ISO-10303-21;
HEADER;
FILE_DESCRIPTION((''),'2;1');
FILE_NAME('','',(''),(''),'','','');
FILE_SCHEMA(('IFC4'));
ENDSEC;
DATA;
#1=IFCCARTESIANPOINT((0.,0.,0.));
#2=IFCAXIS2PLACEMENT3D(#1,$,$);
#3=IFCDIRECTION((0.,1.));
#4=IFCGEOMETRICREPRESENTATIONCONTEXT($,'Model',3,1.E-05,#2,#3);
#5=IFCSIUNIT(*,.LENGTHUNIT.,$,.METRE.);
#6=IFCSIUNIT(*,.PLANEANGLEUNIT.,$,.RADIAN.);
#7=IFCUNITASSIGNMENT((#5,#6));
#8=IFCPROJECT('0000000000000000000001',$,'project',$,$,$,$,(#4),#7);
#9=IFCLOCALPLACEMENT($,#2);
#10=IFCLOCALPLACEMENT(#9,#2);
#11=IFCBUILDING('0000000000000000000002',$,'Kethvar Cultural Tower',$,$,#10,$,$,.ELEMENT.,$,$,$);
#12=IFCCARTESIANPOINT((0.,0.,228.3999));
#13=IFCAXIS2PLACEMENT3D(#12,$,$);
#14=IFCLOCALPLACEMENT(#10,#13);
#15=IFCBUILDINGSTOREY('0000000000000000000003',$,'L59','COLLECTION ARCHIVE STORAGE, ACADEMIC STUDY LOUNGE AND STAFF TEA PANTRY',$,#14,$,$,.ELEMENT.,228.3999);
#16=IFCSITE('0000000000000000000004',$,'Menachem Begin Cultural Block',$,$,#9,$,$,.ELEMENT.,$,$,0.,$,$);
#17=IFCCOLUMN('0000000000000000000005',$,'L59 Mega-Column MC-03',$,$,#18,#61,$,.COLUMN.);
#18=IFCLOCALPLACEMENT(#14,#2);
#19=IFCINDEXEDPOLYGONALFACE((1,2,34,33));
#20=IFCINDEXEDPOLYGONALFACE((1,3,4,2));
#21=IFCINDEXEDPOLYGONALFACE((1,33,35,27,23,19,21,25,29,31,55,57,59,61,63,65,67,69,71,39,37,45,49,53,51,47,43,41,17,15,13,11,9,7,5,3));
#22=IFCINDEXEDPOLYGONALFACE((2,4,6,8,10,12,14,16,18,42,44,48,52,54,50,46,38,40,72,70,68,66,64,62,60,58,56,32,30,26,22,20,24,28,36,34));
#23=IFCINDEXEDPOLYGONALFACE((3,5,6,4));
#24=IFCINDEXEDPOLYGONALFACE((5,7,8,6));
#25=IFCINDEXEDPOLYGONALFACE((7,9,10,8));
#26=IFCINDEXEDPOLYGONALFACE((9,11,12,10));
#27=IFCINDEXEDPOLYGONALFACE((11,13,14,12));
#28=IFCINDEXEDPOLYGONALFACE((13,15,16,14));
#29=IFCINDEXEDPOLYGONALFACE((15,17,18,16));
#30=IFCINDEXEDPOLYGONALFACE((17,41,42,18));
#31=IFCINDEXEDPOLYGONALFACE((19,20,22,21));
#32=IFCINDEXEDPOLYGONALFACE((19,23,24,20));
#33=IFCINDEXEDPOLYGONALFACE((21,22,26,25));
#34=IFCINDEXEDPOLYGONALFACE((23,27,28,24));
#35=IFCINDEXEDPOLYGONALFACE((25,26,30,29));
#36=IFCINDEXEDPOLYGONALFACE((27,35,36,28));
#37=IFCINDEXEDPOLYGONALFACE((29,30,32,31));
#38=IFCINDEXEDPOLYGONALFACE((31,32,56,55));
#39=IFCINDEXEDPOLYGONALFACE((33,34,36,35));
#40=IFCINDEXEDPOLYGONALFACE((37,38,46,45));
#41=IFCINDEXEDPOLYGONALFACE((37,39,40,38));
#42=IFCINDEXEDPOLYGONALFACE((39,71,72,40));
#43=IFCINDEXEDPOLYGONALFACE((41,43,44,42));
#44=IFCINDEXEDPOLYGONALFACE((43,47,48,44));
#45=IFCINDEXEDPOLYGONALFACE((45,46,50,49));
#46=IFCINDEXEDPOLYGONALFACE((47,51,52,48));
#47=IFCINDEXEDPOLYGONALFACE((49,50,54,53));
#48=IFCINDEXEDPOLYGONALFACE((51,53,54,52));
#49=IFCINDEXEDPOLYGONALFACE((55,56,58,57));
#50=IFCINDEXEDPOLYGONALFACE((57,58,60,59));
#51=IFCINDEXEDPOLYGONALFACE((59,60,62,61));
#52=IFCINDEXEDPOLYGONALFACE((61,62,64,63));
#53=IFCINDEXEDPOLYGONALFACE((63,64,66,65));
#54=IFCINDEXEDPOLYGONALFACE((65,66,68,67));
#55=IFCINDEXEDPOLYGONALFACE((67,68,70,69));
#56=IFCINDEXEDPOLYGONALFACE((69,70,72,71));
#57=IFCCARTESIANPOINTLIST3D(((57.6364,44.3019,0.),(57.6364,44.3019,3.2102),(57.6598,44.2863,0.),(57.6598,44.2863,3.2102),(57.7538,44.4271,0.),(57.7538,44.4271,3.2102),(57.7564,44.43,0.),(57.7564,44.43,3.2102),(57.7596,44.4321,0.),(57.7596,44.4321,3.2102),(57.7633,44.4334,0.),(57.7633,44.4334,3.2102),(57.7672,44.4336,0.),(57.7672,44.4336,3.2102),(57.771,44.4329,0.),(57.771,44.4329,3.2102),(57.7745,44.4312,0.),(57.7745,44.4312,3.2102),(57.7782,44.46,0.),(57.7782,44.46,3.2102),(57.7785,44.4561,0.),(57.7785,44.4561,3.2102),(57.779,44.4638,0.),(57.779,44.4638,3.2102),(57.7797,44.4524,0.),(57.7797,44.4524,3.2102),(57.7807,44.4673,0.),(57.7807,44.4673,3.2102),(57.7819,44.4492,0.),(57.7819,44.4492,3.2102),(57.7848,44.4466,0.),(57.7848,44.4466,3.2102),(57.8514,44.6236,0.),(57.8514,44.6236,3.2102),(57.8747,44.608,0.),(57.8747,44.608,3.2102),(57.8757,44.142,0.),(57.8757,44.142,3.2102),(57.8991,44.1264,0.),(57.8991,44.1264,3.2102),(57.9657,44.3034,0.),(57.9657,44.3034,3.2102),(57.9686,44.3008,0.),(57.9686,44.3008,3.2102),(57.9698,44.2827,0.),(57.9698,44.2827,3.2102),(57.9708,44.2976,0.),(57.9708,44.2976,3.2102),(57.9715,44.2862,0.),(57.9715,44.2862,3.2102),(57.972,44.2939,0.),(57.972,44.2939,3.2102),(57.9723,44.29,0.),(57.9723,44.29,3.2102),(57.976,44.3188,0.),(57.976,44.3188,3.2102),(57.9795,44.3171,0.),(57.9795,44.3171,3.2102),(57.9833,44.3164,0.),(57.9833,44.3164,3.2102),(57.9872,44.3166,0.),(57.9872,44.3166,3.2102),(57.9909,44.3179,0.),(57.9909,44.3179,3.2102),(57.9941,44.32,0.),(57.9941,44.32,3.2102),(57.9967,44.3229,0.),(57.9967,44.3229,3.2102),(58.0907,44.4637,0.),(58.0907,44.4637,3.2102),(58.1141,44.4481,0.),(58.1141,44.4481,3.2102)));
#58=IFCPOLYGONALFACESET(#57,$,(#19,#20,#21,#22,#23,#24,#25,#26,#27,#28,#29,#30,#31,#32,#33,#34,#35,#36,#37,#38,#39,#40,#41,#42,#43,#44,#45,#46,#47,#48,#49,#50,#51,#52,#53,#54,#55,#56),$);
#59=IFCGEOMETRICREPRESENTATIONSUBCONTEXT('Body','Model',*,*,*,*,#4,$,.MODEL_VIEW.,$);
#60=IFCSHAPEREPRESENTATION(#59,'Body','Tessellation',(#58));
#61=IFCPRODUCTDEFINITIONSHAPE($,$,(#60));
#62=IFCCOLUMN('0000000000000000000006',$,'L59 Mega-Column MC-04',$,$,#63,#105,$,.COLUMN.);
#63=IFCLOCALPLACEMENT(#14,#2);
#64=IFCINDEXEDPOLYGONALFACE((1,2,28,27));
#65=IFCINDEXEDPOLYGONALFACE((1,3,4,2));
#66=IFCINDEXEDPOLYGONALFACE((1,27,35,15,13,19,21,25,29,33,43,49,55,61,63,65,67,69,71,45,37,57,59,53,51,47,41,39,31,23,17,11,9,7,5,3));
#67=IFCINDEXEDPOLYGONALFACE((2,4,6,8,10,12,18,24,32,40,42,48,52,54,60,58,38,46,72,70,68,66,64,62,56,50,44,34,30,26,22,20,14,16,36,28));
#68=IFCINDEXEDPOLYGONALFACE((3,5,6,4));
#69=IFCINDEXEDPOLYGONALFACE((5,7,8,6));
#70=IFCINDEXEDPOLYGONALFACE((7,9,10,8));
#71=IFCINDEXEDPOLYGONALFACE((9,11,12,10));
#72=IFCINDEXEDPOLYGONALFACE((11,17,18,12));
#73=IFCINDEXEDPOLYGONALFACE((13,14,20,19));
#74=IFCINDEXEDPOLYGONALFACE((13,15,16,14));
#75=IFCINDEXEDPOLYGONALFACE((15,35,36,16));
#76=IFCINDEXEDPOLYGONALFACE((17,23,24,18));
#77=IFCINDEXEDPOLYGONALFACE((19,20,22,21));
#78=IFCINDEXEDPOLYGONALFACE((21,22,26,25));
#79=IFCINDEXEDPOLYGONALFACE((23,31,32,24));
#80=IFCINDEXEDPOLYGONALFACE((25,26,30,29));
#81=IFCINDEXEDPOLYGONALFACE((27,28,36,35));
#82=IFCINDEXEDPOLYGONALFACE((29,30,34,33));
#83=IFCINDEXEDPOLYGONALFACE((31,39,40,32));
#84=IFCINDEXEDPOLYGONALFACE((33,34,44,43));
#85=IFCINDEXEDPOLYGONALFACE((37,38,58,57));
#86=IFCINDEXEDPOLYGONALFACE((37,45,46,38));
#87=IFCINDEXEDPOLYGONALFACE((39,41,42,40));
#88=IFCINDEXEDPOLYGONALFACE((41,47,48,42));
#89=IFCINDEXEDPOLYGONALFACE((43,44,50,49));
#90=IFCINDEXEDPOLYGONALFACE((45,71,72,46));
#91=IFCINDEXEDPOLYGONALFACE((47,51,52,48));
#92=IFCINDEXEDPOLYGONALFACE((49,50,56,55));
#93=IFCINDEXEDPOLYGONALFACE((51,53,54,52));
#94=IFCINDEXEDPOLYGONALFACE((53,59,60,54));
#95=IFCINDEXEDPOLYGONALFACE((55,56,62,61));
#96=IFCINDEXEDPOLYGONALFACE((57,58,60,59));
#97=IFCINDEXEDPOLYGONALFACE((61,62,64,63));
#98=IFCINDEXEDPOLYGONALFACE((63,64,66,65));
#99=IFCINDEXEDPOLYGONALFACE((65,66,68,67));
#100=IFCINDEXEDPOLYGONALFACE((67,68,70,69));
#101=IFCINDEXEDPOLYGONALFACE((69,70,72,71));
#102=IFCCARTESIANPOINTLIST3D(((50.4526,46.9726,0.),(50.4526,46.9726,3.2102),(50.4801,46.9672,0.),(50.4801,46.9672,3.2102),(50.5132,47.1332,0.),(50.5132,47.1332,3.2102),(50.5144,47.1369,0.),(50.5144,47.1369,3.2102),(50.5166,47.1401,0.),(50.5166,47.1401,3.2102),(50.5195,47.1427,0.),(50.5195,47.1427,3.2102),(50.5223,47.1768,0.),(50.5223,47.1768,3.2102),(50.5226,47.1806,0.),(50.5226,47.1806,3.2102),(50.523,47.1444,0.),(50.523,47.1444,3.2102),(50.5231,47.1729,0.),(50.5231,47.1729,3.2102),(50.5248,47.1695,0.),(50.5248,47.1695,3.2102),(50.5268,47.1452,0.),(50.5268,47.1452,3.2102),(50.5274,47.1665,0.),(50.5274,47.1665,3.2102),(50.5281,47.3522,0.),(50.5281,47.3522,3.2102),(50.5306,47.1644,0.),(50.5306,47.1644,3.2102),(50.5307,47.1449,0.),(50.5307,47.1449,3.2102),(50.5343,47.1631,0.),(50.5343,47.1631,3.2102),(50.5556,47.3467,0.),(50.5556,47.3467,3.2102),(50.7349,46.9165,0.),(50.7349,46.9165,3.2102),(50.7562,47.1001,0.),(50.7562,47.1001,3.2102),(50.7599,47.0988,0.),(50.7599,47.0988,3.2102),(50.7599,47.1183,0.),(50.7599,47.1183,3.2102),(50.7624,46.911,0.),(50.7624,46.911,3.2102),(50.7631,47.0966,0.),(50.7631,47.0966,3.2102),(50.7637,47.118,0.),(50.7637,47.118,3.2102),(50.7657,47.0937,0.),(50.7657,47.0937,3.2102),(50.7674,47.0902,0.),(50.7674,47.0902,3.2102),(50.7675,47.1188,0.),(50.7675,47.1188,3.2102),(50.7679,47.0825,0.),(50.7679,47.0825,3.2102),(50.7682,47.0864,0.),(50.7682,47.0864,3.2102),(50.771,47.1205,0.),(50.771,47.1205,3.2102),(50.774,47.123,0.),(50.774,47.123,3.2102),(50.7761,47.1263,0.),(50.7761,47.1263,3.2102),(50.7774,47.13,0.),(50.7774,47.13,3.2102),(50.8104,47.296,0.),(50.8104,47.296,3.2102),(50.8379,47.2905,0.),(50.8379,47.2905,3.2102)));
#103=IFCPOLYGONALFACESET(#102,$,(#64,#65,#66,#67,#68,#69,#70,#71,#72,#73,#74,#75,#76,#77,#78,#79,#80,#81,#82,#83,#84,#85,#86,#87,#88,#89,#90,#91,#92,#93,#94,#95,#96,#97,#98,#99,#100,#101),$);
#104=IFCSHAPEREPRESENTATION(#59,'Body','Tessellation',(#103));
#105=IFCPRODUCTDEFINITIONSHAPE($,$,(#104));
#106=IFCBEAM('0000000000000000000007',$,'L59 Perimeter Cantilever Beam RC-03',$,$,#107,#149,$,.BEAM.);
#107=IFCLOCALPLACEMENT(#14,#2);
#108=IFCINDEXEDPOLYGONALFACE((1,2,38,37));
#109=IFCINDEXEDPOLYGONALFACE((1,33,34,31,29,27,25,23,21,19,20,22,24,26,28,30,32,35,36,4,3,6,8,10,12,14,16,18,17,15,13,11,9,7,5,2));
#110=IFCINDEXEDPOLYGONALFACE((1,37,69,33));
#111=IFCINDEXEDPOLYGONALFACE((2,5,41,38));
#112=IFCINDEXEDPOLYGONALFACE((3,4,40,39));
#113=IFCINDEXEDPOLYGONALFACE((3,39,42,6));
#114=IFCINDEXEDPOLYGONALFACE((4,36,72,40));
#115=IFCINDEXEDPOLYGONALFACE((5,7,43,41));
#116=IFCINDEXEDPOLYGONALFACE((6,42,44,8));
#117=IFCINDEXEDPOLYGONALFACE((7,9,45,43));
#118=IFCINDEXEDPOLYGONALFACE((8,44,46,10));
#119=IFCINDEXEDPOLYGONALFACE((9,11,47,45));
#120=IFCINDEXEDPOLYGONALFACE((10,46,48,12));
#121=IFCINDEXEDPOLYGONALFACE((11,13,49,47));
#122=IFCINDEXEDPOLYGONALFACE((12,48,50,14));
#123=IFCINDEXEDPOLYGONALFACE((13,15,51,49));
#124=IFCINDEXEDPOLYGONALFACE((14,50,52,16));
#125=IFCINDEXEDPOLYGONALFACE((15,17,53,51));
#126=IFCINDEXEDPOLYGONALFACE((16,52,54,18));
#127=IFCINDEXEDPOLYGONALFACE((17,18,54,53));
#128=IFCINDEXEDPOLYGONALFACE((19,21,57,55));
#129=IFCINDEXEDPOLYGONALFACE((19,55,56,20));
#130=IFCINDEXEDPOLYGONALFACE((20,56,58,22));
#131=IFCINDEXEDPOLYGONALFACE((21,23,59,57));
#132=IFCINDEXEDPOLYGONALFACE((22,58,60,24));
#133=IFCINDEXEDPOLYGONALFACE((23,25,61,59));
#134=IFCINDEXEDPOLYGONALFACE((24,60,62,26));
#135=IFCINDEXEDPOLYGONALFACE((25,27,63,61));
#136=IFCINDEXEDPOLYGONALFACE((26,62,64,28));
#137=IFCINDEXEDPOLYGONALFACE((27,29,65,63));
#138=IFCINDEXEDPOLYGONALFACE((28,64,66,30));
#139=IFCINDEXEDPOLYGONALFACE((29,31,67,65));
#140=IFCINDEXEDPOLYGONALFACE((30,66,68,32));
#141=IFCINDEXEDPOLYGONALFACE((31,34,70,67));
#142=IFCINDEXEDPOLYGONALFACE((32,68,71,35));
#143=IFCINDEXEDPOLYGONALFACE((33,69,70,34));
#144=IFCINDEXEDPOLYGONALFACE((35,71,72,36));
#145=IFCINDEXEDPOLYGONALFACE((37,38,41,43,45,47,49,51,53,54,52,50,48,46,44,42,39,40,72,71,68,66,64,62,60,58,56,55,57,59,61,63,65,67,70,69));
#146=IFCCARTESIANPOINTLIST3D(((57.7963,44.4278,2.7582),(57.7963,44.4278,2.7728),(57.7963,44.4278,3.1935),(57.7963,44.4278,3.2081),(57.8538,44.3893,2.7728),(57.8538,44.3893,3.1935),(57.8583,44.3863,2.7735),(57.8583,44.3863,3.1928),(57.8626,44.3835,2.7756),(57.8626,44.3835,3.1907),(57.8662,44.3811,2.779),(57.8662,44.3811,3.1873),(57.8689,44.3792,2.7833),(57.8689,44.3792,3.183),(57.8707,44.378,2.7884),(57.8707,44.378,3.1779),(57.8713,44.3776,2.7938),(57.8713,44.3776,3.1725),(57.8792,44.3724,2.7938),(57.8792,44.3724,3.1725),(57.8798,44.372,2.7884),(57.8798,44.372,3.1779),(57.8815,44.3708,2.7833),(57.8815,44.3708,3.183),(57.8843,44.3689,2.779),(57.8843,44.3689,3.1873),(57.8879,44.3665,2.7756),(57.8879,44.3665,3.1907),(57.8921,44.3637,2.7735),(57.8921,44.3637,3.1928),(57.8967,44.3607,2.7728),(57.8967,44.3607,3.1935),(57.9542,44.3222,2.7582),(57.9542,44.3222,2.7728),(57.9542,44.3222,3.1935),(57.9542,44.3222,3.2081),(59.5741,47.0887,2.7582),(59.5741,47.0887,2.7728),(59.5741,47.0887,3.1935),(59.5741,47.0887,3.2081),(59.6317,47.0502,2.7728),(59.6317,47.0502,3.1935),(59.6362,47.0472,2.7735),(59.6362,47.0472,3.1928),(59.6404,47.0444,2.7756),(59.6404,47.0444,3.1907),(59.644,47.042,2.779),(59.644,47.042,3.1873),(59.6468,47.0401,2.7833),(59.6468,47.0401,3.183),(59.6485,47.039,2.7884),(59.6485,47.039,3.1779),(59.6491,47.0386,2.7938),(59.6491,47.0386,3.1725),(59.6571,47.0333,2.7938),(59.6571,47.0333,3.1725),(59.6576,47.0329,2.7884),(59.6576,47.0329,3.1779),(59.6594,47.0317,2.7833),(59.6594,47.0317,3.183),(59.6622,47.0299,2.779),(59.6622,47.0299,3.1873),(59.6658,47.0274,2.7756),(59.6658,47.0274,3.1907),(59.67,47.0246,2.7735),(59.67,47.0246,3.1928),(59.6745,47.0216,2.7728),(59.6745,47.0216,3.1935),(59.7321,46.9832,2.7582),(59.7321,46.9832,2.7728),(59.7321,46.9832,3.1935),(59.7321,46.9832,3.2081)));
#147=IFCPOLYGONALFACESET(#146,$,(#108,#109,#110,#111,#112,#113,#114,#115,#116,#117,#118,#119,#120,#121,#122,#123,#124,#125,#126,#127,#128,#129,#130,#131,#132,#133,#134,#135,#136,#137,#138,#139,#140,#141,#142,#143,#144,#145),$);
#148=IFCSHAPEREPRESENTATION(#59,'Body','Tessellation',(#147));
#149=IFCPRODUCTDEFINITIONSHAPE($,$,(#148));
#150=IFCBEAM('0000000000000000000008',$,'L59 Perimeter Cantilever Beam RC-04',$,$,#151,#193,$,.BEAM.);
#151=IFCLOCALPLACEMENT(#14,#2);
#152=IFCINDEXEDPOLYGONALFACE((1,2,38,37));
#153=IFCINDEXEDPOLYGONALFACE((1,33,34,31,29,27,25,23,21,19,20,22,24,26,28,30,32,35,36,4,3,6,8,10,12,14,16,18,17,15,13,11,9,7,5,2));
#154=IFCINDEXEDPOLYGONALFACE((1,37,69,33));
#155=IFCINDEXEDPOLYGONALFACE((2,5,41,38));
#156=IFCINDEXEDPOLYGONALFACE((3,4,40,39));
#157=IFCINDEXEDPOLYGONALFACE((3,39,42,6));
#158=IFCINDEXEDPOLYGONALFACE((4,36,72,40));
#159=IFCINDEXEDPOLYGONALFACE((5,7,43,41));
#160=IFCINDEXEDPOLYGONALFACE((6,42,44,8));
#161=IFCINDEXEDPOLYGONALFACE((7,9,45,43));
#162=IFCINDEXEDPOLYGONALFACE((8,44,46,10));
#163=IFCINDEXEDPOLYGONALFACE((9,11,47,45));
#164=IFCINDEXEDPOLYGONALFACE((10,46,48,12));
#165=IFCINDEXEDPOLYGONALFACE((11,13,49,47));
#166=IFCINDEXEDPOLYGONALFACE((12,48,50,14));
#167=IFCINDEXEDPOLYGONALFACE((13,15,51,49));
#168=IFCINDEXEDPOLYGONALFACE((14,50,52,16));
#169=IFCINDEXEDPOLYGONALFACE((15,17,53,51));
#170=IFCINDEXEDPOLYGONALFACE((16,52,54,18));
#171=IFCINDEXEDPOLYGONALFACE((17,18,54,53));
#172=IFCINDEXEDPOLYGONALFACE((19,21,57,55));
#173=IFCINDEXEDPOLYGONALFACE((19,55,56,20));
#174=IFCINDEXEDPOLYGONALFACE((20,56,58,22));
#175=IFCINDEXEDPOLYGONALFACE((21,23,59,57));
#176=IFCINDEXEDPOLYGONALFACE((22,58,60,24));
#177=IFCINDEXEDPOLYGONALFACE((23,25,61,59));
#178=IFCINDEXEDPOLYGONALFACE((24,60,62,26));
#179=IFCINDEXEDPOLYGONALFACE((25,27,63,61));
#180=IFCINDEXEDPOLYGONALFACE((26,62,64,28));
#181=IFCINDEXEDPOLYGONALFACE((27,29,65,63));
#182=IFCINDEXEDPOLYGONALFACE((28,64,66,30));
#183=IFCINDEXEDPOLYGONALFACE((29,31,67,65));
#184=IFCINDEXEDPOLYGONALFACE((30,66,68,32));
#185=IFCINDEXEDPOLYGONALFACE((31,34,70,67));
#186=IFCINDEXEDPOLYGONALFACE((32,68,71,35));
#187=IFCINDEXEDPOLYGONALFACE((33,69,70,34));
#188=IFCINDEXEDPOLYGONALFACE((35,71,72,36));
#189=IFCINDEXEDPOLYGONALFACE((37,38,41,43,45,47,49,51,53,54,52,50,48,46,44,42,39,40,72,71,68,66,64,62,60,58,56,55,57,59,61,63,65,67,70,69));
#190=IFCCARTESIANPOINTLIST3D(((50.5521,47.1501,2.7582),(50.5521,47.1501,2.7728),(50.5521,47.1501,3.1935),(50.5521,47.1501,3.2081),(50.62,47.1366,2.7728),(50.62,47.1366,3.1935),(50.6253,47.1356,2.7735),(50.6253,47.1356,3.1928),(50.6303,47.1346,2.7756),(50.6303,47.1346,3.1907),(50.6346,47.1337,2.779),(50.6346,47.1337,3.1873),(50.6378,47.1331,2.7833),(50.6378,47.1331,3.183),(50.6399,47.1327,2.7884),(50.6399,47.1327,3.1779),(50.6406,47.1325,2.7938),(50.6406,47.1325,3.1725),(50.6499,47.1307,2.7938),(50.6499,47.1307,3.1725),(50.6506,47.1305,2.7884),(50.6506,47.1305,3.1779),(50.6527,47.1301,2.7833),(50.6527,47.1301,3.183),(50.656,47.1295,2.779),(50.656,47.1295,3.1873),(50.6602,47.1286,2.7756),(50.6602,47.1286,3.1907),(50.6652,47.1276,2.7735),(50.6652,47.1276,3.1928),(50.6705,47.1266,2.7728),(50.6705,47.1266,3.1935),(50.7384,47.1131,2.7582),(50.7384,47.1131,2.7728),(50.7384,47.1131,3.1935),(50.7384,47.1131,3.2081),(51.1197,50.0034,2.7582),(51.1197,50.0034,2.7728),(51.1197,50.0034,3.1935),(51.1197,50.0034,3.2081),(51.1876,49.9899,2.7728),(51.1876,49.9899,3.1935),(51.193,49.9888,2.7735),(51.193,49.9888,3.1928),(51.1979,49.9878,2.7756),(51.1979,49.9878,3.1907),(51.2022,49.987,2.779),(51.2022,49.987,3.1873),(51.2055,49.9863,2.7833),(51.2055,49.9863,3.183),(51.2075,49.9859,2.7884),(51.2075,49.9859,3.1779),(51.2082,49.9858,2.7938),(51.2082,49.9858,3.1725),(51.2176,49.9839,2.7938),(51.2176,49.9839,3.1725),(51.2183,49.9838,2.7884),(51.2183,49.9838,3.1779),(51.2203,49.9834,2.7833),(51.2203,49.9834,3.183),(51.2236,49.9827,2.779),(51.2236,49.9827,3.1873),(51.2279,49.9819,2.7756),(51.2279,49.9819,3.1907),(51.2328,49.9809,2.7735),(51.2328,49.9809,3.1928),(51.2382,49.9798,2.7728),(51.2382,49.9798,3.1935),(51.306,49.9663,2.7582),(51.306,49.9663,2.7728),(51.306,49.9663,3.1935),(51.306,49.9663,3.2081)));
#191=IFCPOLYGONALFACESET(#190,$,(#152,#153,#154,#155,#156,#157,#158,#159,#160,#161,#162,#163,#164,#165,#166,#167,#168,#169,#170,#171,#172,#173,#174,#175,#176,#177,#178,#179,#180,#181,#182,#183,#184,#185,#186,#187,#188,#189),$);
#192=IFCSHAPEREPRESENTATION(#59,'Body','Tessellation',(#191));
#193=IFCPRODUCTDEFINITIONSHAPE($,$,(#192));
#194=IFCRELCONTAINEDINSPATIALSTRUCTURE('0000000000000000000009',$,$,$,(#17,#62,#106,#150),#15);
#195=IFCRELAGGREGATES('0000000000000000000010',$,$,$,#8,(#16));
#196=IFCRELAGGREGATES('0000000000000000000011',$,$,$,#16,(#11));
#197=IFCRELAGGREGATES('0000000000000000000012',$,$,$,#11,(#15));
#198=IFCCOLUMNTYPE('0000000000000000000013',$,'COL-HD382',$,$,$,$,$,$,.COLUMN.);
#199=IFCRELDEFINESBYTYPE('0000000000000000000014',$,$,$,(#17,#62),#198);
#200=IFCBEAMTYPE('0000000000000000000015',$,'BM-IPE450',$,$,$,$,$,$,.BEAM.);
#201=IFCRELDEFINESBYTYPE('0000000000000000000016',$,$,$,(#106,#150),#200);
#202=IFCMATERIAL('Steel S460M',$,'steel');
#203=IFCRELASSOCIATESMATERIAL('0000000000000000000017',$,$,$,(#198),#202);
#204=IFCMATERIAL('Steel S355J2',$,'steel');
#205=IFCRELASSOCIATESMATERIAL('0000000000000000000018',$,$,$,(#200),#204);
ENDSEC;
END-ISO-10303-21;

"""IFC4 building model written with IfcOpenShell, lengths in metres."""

from ifc_helpers import new_model, si_unit, direction, frame, origin, origin_2d, place, context, subcontext, project, spatial, i_section, extrude, source, transform, mapped, material, material_profile, profile_set, type_object, element, save


model = new_model("IFC4")

# Units and contexts
model_context = context("Model", 3, precision=1e-05, world=origin(), true_north=direction((0.0, 1.0)))
body_context = subcontext(model_context, "Body", "Model", "MODEL_VIEW")
ifc_project = project(units=[si_unit("LENGTHUNIT", "METRE"), si_unit("PLANEANGLEUNIT", "RADIAN")], contexts=[model_context])

# Site, building, storey
site_placement = place(None, origin())
site = spatial("IfcSite", under=ifc_project, at=site_placement, Name="Menachem Begin Cultural Block", CompositionType="ELEMENT", RefElevation=0.0)
building_placement = place(site_placement, origin())
building = spatial("IfcBuilding", under=site, at=building_placement, Name="Kethvar Cultural Tower", CompositionType="ELEMENT")
storey_placement = place(building_placement, frame((0.0, 0.0, 228.3999)))
storey = spatial("IfcBuildingStorey", under=building, at=storey_placement, Name="L59", Description="COLLECTION ARCHIVE STORAGE, ACADEMIC STUDY LOUNGE AND STAFF TEA PANTRY", CompositionType="ELEMENT", Elevation=228.3999)

# Columns
ifc_material_1 = material(Name="Steel S460M", Category="steel")
ifc_material_profile_1 = material_profile(ifc_material_1, i_section(OverallWidth=0.387, OverallDepth=0.3159, WebThickness=0.0186, FlangeThickness=0.0281, FilletRadius=0.0149, at=origin_2d()), Name="Steel S460M — HD400x382")
ifc_profile_set_1 = profile_set([ifc_material_profile_1], Name="Steel S460M — HD400x382")
column_type = type_object("IfcColumnType", Name="COL-HD382", PredefinedType="COLUMN", material=ifc_profile_set_1)
shared_shape_1 = source(origin(), body_context, "Body", "SweptSolid", [
    extrude(i_section(OverallWidth=0.387, OverallDepth=0.3159, WebThickness=0.0186, FlangeThickness=0.0281, FilletRadius=0.0149, at=origin_2d()), origin(), (0.0, 0.0, 1.0), 3.2102),
])
for number, where, z_axis, x_axis, name in (
    (1, (57.8752, 44.375, 0.0), (0.0, 0.0, 1.0), (0.55557, 0.83147, 0.0), "L59 Mega-Column MC-03"),
    (2, (50.6453, 47.1316, 0.0), (0.0, 0.0, 1.0), (0.19509, 0.980785, 0.0), "L59 Mega-Column MC-04"),
):
    element("IfcColumn", number, at=place(storey_placement, frame(where, z_axis=z_axis, x_axis=x_axis)), inside=storey, type_object=column_type, Name=name, PredefinedType="COLUMN", context=body_context, shape_type="MappedRepresentation", body=[
        mapped(shared_shape_1, transform((0.0, 0.0, 0.0), scale=1.0)),
    ])

# Beams
ifc_material_2 = material(Name="Steel S355J2", Category="steel")
ifc_material_profile_2 = material_profile(ifc_material_2, i_section(OverallWidth=0.1899, OverallDepth=0.45, WebThickness=0.0095, FlangeThickness=0.0146, FilletRadius=0.021, at=origin_2d()), Name="Steel S355J2 — IPE450")
ifc_profile_set_2 = profile_set([ifc_material_profile_2], Name="Steel S355J2 — IPE450")
beam_type_1 = type_object("IfcBeamType", Name="BM-IPE450", PredefinedType="BEAM", material=ifc_profile_set_2)
shared_shape_2 = source(origin(), body_context, "Body", "SweptSolid", [
    extrude(i_section(OverallWidth=0.1899, OverallDepth=0.45, WebThickness=0.0095, FlangeThickness=0.0146, FilletRadius=0.021, at=origin_2d()), origin(), (0.0, 0.0, 1.0), 3.2002),
])
beam_1_placement = place(storey_placement, frame((57.8752, 44.375, 2.9832), z_axis=(0.555545, 0.831486, 0.0), x_axis=(-0.831486, 0.555545, 0.0)))
element("IfcBeam", 3, at=beam_1_placement, inside=storey, type_object=beam_type_1, Name="L59 Perimeter Cantilever Beam RC-03", PredefinedType="BEAM", context=body_context, shape_type="MappedRepresentation", body=[
    mapped(shared_shape_2, transform((0.0, 0.0, 0.0), scale=1.0)),
])
shared_shape_3 = source(origin(), body_context, "Body", "SweptSolid", [
    extrude(i_section(OverallWidth=0.1899, OverallDepth=0.45, WebThickness=0.0095, FlangeThickness=0.0146, FilletRadius=0.021, at=origin_2d()), origin(), (0.0, 0.0, 1.0), 2.9092),
])
beam_2_placement = place(storey_placement, frame((50.6453, 47.1316, 2.9832), z_axis=(0.195115, 0.98078, 0.0), x_axis=(-0.98078, 0.195115, 0.0)))
element("IfcBeam", 4, at=beam_2_placement, inside=storey, type_object=beam_type_1, Name="L59 Perimeter Cantilever Beam RC-04", PredefinedType="BEAM", context=body_context, shape_type="MappedRepresentation", body=[
    mapped(shared_shape_3, transform((0.0, 0.0, 0.0), scale=1.0)),
])

save(model, "model.ifc")
